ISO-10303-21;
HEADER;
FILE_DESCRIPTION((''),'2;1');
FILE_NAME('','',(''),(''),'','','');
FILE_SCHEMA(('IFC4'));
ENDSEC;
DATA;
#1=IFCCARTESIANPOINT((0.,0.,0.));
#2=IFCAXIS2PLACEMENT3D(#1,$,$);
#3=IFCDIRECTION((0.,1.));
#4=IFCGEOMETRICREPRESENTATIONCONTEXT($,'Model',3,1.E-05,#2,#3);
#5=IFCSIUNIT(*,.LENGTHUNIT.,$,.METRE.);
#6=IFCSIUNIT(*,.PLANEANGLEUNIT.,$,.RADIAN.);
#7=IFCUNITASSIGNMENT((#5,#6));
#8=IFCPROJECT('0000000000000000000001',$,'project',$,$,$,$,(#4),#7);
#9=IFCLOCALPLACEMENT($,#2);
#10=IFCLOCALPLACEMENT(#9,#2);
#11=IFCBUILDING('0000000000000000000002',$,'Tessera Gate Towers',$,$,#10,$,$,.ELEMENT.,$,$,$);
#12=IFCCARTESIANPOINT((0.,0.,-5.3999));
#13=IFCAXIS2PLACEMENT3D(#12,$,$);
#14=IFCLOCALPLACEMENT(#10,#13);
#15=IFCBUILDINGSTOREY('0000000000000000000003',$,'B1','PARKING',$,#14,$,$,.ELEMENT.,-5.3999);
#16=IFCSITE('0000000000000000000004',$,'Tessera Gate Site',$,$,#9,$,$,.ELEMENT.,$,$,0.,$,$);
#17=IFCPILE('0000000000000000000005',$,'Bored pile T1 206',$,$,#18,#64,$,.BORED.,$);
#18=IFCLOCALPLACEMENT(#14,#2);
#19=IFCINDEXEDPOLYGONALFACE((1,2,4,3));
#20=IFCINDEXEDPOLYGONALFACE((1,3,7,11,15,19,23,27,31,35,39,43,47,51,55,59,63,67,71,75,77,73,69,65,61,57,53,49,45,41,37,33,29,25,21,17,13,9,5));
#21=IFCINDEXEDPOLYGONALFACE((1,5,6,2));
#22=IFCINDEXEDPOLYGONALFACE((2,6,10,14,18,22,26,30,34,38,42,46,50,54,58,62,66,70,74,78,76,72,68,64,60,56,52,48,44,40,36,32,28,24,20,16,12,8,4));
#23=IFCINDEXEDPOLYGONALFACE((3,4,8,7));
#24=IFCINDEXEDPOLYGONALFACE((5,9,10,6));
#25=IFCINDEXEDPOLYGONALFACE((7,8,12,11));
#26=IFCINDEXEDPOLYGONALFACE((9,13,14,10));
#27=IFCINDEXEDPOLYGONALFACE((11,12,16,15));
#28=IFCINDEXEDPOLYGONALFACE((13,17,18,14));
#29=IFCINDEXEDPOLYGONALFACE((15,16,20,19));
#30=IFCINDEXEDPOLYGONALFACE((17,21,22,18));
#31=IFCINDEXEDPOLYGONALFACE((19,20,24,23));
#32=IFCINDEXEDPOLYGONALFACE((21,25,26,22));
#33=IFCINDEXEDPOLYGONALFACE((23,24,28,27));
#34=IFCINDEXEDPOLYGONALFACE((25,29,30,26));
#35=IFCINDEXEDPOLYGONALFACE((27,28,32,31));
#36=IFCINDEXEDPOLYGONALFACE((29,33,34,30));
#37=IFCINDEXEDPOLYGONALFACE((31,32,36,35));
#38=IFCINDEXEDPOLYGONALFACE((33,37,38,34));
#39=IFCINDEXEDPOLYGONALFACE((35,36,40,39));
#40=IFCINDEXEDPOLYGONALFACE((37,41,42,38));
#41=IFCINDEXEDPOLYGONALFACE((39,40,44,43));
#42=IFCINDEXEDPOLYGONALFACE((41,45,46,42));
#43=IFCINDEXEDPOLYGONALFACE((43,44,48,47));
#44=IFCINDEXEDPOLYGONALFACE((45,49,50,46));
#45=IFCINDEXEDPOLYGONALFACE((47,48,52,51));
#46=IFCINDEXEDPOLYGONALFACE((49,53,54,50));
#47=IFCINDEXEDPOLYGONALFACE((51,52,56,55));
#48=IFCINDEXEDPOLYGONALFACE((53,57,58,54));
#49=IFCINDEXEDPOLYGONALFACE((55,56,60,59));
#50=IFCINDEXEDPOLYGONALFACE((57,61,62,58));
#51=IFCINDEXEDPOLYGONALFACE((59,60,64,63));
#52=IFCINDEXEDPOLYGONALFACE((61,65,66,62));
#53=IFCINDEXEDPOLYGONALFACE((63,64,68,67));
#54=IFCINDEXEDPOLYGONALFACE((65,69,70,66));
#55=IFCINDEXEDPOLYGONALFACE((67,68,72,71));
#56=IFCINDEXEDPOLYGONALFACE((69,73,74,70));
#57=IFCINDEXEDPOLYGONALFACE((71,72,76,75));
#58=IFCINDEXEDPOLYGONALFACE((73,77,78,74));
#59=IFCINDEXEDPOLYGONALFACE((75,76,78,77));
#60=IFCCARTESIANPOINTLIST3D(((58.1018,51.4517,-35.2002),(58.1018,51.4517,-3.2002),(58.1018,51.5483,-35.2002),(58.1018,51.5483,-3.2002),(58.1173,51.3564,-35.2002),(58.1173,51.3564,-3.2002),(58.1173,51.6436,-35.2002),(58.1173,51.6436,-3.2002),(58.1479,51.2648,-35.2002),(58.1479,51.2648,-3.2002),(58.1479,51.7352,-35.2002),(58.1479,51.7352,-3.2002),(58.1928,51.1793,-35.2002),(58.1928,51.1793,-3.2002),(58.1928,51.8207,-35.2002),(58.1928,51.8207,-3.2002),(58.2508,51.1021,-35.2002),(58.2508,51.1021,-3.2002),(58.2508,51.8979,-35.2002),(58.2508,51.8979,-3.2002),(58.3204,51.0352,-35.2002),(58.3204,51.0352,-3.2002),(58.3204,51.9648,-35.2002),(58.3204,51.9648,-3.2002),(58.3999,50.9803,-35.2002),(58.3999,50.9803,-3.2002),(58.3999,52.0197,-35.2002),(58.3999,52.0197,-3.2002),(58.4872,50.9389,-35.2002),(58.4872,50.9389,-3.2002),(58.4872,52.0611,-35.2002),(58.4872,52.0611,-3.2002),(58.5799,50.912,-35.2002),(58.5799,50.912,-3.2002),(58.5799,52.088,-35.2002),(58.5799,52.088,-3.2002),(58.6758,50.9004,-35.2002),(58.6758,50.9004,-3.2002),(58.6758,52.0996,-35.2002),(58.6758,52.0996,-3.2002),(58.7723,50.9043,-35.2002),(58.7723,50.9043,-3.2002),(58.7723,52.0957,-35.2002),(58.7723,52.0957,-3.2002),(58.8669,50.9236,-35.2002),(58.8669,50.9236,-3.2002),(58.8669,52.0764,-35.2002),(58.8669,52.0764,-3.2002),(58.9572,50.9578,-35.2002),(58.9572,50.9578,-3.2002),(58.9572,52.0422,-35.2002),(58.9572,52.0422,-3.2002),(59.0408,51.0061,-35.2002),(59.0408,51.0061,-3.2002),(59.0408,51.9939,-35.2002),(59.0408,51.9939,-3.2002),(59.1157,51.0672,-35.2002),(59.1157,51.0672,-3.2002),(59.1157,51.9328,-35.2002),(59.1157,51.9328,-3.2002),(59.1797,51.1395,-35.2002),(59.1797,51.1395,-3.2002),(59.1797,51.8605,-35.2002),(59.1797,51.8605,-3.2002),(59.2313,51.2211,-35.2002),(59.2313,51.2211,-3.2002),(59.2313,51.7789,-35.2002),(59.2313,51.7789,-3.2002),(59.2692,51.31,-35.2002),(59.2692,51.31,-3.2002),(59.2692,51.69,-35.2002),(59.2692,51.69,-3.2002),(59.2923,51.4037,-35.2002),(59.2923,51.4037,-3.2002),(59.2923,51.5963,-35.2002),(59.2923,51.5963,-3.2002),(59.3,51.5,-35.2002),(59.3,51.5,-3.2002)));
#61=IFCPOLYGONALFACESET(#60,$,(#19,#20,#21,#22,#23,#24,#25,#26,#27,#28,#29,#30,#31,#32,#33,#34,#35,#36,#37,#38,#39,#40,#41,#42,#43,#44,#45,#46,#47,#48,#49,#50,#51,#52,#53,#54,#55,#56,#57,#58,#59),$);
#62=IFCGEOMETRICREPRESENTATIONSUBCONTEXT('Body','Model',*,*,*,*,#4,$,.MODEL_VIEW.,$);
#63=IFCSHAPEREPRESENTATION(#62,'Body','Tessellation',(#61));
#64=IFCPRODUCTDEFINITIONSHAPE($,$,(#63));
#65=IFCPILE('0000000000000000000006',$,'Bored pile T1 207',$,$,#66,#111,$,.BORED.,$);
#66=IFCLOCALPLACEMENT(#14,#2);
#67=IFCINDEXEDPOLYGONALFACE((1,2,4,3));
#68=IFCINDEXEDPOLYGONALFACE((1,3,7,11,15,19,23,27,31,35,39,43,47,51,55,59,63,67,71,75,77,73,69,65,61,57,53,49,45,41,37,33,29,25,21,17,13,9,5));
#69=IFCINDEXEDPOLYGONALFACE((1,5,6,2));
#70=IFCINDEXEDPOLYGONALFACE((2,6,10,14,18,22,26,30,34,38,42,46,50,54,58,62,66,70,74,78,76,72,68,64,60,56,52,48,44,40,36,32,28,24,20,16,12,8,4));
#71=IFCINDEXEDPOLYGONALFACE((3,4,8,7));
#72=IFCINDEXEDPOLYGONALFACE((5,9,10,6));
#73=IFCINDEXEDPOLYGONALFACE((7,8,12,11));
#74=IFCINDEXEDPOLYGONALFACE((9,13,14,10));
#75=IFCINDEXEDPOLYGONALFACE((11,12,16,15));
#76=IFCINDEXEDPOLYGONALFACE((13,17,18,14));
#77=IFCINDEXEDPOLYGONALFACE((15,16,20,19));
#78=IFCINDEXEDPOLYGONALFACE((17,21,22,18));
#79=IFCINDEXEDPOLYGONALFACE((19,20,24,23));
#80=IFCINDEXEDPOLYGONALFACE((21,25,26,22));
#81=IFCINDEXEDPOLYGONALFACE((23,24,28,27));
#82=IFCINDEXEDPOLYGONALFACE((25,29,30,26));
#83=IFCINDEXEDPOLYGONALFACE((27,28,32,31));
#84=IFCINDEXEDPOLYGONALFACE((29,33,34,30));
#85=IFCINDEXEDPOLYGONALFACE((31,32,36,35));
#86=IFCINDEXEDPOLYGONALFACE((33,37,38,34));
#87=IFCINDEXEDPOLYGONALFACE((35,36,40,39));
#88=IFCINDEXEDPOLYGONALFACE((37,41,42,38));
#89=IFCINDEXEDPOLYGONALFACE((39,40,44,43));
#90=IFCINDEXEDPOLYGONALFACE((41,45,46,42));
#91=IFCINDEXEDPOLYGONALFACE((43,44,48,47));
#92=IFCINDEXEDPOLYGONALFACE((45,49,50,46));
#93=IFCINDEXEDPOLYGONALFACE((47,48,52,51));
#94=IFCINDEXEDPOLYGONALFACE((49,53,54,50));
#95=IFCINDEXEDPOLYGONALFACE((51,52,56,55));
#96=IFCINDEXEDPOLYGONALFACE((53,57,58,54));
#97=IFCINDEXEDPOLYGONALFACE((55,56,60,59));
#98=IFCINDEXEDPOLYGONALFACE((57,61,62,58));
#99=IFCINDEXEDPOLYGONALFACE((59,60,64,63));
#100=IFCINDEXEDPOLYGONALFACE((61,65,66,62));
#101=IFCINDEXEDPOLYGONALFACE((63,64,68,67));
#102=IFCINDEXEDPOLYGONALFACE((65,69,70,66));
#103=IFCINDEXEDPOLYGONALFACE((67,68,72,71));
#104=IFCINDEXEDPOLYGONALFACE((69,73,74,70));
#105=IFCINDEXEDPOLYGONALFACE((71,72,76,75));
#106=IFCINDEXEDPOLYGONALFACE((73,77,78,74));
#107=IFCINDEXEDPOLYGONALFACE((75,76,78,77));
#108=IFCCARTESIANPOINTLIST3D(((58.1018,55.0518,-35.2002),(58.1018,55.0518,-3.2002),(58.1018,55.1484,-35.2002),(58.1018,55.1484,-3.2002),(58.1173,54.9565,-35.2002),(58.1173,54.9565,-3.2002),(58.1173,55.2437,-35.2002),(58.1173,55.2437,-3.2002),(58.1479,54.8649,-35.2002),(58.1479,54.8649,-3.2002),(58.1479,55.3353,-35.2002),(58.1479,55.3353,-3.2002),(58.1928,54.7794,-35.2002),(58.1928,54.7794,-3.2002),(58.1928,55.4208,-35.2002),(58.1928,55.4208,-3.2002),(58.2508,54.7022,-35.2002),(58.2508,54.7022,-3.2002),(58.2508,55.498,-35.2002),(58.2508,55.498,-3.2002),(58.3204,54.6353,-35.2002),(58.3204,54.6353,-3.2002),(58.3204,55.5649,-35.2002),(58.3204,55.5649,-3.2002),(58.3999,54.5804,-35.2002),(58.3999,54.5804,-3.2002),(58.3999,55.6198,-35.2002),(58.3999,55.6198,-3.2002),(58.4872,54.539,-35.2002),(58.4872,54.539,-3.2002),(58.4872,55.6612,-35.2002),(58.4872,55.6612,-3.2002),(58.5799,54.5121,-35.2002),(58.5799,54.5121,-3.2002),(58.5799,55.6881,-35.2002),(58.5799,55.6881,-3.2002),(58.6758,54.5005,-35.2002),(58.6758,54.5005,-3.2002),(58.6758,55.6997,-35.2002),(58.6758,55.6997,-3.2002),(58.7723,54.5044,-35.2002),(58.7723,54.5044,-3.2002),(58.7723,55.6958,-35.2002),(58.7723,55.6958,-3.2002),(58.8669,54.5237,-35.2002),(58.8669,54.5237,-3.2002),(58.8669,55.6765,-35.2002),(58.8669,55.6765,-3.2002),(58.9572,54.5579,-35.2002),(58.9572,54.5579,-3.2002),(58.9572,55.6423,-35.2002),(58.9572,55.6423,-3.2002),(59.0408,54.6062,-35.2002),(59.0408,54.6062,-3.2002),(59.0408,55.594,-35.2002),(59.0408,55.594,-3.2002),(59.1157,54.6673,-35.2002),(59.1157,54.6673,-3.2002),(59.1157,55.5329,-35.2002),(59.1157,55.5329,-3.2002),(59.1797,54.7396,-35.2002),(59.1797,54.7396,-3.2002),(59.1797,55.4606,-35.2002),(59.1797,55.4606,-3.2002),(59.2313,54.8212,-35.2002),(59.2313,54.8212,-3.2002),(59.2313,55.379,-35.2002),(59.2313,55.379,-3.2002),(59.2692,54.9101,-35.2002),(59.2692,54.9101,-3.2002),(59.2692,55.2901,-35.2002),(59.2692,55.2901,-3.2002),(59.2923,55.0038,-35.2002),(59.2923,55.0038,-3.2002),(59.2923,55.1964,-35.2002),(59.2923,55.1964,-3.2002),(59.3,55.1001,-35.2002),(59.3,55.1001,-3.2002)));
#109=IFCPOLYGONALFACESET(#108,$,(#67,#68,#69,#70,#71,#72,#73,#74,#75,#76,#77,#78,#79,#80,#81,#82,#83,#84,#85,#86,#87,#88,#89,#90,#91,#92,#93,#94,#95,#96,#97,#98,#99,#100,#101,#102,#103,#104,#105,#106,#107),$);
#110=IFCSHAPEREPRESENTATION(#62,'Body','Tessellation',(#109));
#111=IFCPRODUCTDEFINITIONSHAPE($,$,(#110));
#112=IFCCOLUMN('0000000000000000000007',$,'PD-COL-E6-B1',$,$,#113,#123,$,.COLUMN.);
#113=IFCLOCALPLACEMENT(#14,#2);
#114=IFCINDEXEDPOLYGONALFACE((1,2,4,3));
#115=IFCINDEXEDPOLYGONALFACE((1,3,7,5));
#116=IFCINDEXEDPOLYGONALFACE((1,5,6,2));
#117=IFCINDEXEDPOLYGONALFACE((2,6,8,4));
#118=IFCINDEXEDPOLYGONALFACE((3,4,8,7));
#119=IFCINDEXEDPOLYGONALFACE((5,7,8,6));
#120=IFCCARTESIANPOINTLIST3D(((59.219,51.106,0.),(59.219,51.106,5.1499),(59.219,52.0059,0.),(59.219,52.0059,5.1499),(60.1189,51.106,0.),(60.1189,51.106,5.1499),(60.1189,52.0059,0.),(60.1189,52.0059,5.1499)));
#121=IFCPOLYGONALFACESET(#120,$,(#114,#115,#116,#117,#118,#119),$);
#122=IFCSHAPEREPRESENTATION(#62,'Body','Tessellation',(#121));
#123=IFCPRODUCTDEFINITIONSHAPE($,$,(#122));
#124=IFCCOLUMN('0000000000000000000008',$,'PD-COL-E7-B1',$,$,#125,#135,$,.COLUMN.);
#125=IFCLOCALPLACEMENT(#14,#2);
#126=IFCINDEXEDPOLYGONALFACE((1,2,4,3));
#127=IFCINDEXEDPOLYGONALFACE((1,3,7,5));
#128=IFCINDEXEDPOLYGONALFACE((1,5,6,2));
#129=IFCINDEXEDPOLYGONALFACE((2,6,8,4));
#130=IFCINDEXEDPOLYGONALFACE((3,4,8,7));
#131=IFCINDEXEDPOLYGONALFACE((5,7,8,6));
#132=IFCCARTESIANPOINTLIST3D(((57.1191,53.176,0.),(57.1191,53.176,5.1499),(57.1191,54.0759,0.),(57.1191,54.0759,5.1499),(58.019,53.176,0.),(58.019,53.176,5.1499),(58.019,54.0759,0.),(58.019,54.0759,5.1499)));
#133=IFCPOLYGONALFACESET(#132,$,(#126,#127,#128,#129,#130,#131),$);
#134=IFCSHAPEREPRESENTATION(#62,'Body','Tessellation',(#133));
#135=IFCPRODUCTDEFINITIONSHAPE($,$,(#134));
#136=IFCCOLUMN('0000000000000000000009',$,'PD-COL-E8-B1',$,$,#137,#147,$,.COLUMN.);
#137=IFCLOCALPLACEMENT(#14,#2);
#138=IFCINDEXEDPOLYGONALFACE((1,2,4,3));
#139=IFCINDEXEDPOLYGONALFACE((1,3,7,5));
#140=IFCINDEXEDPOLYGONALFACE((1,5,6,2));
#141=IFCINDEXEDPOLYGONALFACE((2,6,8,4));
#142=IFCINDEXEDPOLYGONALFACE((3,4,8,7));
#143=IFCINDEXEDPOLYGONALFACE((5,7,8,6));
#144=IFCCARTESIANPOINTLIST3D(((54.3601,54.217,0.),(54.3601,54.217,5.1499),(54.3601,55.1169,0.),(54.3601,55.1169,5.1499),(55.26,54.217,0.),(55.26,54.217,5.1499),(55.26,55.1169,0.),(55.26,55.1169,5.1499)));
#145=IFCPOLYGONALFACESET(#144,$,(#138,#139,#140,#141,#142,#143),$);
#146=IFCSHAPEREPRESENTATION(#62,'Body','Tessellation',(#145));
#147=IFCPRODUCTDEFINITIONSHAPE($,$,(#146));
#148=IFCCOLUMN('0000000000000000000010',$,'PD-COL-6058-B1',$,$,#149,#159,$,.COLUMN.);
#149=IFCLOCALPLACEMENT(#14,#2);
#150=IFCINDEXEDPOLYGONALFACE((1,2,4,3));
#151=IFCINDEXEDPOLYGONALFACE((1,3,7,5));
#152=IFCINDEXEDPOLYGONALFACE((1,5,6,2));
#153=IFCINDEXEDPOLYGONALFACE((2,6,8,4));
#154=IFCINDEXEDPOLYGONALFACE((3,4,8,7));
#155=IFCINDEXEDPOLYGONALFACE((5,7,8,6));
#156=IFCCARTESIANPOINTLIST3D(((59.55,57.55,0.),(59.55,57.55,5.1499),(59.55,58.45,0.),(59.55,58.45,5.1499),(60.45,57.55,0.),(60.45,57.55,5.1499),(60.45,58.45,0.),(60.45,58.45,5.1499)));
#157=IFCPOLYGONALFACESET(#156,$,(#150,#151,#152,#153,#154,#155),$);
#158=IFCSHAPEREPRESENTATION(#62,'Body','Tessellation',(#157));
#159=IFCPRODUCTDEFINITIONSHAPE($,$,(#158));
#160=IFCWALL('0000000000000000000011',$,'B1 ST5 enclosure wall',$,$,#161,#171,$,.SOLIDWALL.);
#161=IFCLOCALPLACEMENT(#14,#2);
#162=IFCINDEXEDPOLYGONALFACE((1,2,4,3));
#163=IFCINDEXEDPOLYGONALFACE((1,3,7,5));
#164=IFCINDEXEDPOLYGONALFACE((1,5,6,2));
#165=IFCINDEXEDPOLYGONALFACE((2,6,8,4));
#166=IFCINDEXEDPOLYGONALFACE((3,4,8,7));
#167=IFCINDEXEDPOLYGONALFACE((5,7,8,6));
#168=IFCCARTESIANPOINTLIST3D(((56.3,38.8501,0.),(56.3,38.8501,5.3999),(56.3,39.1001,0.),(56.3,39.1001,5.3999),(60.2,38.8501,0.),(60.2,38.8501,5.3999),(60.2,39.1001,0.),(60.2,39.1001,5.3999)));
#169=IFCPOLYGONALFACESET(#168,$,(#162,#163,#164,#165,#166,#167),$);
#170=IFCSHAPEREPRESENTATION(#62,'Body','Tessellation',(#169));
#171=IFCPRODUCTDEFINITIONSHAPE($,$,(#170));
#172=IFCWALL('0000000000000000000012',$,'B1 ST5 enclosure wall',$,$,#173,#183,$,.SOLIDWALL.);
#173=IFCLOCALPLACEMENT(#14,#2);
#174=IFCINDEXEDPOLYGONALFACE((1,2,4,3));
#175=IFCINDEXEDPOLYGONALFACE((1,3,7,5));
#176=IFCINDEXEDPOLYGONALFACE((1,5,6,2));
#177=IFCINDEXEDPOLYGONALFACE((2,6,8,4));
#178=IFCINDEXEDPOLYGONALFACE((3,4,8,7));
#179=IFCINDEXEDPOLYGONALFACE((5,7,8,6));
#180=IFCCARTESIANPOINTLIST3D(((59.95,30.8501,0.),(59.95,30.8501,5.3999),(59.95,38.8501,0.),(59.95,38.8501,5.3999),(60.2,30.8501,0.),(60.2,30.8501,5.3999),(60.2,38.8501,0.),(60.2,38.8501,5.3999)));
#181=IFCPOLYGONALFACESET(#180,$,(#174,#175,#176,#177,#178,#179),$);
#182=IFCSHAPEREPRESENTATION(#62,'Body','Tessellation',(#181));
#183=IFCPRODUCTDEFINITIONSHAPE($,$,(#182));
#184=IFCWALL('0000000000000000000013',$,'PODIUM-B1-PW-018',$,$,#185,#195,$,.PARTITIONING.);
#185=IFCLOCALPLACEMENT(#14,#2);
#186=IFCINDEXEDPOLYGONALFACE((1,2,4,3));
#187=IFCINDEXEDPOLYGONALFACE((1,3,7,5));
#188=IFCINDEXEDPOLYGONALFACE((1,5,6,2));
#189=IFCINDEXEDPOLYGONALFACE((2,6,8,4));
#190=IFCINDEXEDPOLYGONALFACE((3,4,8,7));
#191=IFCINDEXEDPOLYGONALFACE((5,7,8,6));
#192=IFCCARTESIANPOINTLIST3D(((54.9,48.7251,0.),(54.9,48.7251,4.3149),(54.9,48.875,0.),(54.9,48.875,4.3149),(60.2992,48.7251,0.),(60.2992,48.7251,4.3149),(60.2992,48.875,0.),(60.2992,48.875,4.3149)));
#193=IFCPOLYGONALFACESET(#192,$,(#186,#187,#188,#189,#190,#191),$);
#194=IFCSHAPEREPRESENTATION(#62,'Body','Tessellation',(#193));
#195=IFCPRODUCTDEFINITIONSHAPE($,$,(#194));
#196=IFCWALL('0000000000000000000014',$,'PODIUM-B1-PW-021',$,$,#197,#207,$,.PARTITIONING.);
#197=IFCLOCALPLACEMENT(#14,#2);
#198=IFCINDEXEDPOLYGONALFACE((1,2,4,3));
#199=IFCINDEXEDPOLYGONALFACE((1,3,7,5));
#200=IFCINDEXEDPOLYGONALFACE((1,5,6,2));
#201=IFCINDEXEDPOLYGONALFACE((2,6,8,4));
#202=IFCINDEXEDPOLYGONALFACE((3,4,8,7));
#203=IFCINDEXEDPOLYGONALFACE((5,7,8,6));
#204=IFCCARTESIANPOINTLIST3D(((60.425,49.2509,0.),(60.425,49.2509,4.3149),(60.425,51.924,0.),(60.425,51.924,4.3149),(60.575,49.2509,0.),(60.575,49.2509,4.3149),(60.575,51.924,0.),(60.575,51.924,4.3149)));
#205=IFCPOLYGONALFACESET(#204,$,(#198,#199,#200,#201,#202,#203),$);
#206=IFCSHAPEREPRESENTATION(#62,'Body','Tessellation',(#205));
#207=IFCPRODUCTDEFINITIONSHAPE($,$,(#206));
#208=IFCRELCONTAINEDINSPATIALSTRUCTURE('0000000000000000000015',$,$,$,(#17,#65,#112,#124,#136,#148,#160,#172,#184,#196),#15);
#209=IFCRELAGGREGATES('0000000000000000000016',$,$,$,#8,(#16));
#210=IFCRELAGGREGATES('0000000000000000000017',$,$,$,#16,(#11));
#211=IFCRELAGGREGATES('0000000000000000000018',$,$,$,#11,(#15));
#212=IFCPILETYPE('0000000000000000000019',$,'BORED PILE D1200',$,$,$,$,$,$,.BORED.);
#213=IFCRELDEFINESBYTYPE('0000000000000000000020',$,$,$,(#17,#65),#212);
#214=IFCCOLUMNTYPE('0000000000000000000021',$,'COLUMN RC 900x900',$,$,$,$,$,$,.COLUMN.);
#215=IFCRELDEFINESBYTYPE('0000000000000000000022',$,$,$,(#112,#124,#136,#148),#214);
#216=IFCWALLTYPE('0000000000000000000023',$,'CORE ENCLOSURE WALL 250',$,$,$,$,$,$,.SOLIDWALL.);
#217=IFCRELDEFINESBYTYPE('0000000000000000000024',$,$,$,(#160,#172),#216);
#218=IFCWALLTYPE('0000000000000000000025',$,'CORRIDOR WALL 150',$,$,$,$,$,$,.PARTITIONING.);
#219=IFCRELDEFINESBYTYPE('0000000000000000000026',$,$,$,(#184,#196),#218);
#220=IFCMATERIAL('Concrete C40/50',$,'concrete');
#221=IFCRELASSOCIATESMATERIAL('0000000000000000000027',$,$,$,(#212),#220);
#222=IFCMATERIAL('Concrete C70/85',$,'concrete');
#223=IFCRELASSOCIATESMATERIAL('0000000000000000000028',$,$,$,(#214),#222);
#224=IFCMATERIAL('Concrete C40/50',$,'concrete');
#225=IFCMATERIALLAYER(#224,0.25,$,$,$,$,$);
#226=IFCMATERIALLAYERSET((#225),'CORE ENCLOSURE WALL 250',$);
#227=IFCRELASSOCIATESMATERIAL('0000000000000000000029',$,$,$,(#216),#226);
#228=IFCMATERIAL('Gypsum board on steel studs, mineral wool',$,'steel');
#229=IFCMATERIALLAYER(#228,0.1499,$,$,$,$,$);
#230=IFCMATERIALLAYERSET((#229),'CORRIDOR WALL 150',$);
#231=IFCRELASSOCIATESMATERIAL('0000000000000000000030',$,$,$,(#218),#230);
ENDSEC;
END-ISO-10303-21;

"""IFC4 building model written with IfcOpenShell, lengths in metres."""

from ifc_helpers import new_model, si_unit, direction, frame, frame_2d, origin, origin_2d, place, context, subcontext, project, spatial, rectangle, circle, extrude, material, layer, layer_set, material_profile, profile_set, type_object, element, save


model = new_model("IFC4")

# Units and contexts
model_context = context("Model", 3, precision=1e-05, world=origin(), true_north=direction((0.0, 1.0)))
body_context = subcontext(model_context, "Body", "Model", "MODEL_VIEW")
ifc_project = project(units=[si_unit("LENGTHUNIT", "METRE"), si_unit("PLANEANGLEUNIT", "RADIAN")], contexts=[model_context])

# Site, building, storey
site_placement = place(None, origin())
site = spatial("IfcSite", under=ifc_project, at=site_placement, Name="Tessera Gate Site", CompositionType="ELEMENT", RefElevation=0.0)
building_placement = place(site_placement, origin())
building = spatial("IfcBuilding", under=site, at=building_placement, Name="Tessera Gate Towers", CompositionType="ELEMENT")
storey_placement = place(building_placement, frame((0.0, 0.0, -5.3999)))
storey = spatial("IfcBuildingStorey", under=building, at=storey_placement, Name="B1", Description="PARKING", CompositionType="ELEMENT", Elevation=-5.3999)

# Piles
ifc_material_1 = material(Name="Concrete C40/50", Category="concrete")
ifc_material_profile_1 = material_profile(ifc_material_1, circle(Radius=0.6001, at=origin_2d()), Name="BORED PILE D1200")
ifc_profile_set_1 = profile_set([ifc_material_profile_1], Name="Concrete C40/50")
pile_type = type_object("IfcPileType", Name="BORED PILE D1200", PredefinedType="BORED", material=ifc_profile_set_1)
for number, where, z_axis, x_axis, name in (
    (1, (58.7, 51.5, -3.2002), (0.0, 0.0, -1.0), (1.0, 0.0, 0.0), "Bored pile T1 206"),
    (2, (58.7, 55.1001, -3.2002), (0.0, 0.0, -1.0), (1.0, 0.0, 0.0), "Bored pile T1 207"),
):
    element("IfcPile", number, at=place(storey_placement, frame(where, z_axis=z_axis, x_axis=x_axis)), inside=storey, type_object=pile_type, Name=name, PredefinedType="BORED", context=body_context, shape_type="SweptSolid", body=[
        extrude(circle(Radius=0.6001, at=origin_2d()), origin(), (0.0, 0.0, 1.0), 32.0),
    ])

# Columns
ifc_material_2 = material(Name="Concrete C70/85", Category="concrete")
ifc_material_profile_2 = material_profile(ifc_material_2, rectangle(XDim=0.8999, YDim=0.8999, at=origin_2d()), Name="RC 900x900")
ifc_profile_set_2 = profile_set([ifc_material_profile_2], Name="Concrete C70/85")
column_type = type_object("IfcColumnType", Name="COLUMN RC 900x900", PredefinedType="COLUMN", material=ifc_profile_set_2)
for number, where, z_axis, x_axis, name in (
    (3, (59.6689, 51.5559, 0.0), (0.0, 0.0, 1.0), (1.0, 0.0, 0.0), "PD-COL-E6-B1"),
    (4, (57.5691, 53.626, 0.0), (0.0, 0.0, 1.0), (1.0, 0.0, 0.0), "PD-COL-E7-B1"),
    (5, (54.8101, 54.667, 0.0), (0.0, 0.0, 1.0), (1.0, 0.0, 0.0), "PD-COL-E8-B1"),
    (6, (60.0, 58.0, 0.0), (0.0, 0.0, 1.0), (1.0, 0.0, 0.0), "PD-COL-6058-B1"),
):
    element("IfcColumn", number, at=place(storey_placement, frame(where, z_axis=z_axis, x_axis=x_axis)), inside=storey, type_object=column_type, Name=name, PredefinedType="COLUMN", context=body_context, shape_type="SweptSolid", body=[
        extrude(rectangle(XDim=0.8999, YDim=0.8999, at=origin_2d()), origin(), (0.0, 0.0, 1.0), 5.1499),
    ])

# Walls
ifc_material_3 = material(Name="Concrete C40/50", Category="concrete")
ifc_layer_1 = layer(ifc_material_3, 0.25)
ifc_layer_set_1 = layer_set([ifc_layer_1], Name="CORE ENCLOSURE WALL 250")
wall_type_1 = type_object("IfcWallType", Name="CORE ENCLOSURE WALL 250", PredefinedType="SOLIDWALL", material=ifc_layer_set_1)
wall_1_placement = place(storey_placement, frame((56.3, 38.9751, 0.0), z_axis=(0.0, 0.0, 1.0), x_axis=(1.0, 0.0, 0.0)))
element("IfcWall", 7, at=wall_1_placement, inside=storey, type_object=wall_type_1, Name="B1 ST5 enclosure wall", PredefinedType="SOLIDWALL", context=body_context, shape_type="SweptSolid", body=[
    extrude(rectangle(XDim=3.8999, YDim=0.25, at=frame_2d((1.95, 0.0))), origin(), (0.0, 0.0, 1.0), 5.3999),
])
wall_2_placement = place(storey_placement, frame((60.075, 38.8501, 0.0), z_axis=(0.0, 0.0, 1.0), x_axis=(0.0, -1.0, 0.0)))
element("IfcWall", 8, at=wall_2_placement, inside=storey, type_object=wall_type_1, Name="B1 ST5 enclosure wall", PredefinedType="SOLIDWALL", context=body_context, shape_type="SweptSolid", body=[
    extrude(rectangle(XDim=8.0, YDim=0.25, at=frame_2d((4.0, 0.0))), origin(), (0.0, 0.0, 1.0), 5.3999),
])
ifc_material_4 = material(Name="Gypsum board on steel studs, mineral wool", Category="steel")
ifc_layer_2 = layer(ifc_material_4, 0.1499)
ifc_layer_set_2 = layer_set([ifc_layer_2], Name="CORRIDOR WALL 150")
wall_type_2 = type_object("IfcWallType", Name="CORRIDOR WALL 150", PredefinedType="PARTITIONING", material=ifc_layer_set_2)
wall_3_placement = place(storey_placement, frame((54.8999, 48.8, 0.0), z_axis=(0.0, 0.0, 1.0), x_axis=(1.0, 0.0, 0.0)))
element("IfcWall", 9, at=wall_3_placement, inside=storey, type_object=wall_type_2, Name="PODIUM-B1-PW-018", PredefinedType="PARTITIONING", context=body_context, shape_type="SweptSolid", body=[
    extrude(rectangle(XDim=5.3992, YDim=0.1499, at=frame_2d((2.6997, 0.0))), origin(), (0.0, 0.0, 1.0), 4.3149),
])
wall_4_placement = place(storey_placement, frame((60.5, 49.251, 0.0), z_axis=(0.0, 0.0, 1.0), x_axis=(0.0, 1.0, 0.0)))
element("IfcWall", 10, at=wall_4_placement, inside=storey, type_object=wall_type_2, Name="PODIUM-B1-PW-021", PredefinedType="PARTITIONING", context=body_context, shape_type="SweptSolid", body=[
    extrude(rectangle(XDim=2.6731, YDim=0.1499, at=frame_2d((1.3364, 0.0))), origin(), (0.0, 0.0, 1.0), 4.3149),
])

save(model, "model.ifc")
